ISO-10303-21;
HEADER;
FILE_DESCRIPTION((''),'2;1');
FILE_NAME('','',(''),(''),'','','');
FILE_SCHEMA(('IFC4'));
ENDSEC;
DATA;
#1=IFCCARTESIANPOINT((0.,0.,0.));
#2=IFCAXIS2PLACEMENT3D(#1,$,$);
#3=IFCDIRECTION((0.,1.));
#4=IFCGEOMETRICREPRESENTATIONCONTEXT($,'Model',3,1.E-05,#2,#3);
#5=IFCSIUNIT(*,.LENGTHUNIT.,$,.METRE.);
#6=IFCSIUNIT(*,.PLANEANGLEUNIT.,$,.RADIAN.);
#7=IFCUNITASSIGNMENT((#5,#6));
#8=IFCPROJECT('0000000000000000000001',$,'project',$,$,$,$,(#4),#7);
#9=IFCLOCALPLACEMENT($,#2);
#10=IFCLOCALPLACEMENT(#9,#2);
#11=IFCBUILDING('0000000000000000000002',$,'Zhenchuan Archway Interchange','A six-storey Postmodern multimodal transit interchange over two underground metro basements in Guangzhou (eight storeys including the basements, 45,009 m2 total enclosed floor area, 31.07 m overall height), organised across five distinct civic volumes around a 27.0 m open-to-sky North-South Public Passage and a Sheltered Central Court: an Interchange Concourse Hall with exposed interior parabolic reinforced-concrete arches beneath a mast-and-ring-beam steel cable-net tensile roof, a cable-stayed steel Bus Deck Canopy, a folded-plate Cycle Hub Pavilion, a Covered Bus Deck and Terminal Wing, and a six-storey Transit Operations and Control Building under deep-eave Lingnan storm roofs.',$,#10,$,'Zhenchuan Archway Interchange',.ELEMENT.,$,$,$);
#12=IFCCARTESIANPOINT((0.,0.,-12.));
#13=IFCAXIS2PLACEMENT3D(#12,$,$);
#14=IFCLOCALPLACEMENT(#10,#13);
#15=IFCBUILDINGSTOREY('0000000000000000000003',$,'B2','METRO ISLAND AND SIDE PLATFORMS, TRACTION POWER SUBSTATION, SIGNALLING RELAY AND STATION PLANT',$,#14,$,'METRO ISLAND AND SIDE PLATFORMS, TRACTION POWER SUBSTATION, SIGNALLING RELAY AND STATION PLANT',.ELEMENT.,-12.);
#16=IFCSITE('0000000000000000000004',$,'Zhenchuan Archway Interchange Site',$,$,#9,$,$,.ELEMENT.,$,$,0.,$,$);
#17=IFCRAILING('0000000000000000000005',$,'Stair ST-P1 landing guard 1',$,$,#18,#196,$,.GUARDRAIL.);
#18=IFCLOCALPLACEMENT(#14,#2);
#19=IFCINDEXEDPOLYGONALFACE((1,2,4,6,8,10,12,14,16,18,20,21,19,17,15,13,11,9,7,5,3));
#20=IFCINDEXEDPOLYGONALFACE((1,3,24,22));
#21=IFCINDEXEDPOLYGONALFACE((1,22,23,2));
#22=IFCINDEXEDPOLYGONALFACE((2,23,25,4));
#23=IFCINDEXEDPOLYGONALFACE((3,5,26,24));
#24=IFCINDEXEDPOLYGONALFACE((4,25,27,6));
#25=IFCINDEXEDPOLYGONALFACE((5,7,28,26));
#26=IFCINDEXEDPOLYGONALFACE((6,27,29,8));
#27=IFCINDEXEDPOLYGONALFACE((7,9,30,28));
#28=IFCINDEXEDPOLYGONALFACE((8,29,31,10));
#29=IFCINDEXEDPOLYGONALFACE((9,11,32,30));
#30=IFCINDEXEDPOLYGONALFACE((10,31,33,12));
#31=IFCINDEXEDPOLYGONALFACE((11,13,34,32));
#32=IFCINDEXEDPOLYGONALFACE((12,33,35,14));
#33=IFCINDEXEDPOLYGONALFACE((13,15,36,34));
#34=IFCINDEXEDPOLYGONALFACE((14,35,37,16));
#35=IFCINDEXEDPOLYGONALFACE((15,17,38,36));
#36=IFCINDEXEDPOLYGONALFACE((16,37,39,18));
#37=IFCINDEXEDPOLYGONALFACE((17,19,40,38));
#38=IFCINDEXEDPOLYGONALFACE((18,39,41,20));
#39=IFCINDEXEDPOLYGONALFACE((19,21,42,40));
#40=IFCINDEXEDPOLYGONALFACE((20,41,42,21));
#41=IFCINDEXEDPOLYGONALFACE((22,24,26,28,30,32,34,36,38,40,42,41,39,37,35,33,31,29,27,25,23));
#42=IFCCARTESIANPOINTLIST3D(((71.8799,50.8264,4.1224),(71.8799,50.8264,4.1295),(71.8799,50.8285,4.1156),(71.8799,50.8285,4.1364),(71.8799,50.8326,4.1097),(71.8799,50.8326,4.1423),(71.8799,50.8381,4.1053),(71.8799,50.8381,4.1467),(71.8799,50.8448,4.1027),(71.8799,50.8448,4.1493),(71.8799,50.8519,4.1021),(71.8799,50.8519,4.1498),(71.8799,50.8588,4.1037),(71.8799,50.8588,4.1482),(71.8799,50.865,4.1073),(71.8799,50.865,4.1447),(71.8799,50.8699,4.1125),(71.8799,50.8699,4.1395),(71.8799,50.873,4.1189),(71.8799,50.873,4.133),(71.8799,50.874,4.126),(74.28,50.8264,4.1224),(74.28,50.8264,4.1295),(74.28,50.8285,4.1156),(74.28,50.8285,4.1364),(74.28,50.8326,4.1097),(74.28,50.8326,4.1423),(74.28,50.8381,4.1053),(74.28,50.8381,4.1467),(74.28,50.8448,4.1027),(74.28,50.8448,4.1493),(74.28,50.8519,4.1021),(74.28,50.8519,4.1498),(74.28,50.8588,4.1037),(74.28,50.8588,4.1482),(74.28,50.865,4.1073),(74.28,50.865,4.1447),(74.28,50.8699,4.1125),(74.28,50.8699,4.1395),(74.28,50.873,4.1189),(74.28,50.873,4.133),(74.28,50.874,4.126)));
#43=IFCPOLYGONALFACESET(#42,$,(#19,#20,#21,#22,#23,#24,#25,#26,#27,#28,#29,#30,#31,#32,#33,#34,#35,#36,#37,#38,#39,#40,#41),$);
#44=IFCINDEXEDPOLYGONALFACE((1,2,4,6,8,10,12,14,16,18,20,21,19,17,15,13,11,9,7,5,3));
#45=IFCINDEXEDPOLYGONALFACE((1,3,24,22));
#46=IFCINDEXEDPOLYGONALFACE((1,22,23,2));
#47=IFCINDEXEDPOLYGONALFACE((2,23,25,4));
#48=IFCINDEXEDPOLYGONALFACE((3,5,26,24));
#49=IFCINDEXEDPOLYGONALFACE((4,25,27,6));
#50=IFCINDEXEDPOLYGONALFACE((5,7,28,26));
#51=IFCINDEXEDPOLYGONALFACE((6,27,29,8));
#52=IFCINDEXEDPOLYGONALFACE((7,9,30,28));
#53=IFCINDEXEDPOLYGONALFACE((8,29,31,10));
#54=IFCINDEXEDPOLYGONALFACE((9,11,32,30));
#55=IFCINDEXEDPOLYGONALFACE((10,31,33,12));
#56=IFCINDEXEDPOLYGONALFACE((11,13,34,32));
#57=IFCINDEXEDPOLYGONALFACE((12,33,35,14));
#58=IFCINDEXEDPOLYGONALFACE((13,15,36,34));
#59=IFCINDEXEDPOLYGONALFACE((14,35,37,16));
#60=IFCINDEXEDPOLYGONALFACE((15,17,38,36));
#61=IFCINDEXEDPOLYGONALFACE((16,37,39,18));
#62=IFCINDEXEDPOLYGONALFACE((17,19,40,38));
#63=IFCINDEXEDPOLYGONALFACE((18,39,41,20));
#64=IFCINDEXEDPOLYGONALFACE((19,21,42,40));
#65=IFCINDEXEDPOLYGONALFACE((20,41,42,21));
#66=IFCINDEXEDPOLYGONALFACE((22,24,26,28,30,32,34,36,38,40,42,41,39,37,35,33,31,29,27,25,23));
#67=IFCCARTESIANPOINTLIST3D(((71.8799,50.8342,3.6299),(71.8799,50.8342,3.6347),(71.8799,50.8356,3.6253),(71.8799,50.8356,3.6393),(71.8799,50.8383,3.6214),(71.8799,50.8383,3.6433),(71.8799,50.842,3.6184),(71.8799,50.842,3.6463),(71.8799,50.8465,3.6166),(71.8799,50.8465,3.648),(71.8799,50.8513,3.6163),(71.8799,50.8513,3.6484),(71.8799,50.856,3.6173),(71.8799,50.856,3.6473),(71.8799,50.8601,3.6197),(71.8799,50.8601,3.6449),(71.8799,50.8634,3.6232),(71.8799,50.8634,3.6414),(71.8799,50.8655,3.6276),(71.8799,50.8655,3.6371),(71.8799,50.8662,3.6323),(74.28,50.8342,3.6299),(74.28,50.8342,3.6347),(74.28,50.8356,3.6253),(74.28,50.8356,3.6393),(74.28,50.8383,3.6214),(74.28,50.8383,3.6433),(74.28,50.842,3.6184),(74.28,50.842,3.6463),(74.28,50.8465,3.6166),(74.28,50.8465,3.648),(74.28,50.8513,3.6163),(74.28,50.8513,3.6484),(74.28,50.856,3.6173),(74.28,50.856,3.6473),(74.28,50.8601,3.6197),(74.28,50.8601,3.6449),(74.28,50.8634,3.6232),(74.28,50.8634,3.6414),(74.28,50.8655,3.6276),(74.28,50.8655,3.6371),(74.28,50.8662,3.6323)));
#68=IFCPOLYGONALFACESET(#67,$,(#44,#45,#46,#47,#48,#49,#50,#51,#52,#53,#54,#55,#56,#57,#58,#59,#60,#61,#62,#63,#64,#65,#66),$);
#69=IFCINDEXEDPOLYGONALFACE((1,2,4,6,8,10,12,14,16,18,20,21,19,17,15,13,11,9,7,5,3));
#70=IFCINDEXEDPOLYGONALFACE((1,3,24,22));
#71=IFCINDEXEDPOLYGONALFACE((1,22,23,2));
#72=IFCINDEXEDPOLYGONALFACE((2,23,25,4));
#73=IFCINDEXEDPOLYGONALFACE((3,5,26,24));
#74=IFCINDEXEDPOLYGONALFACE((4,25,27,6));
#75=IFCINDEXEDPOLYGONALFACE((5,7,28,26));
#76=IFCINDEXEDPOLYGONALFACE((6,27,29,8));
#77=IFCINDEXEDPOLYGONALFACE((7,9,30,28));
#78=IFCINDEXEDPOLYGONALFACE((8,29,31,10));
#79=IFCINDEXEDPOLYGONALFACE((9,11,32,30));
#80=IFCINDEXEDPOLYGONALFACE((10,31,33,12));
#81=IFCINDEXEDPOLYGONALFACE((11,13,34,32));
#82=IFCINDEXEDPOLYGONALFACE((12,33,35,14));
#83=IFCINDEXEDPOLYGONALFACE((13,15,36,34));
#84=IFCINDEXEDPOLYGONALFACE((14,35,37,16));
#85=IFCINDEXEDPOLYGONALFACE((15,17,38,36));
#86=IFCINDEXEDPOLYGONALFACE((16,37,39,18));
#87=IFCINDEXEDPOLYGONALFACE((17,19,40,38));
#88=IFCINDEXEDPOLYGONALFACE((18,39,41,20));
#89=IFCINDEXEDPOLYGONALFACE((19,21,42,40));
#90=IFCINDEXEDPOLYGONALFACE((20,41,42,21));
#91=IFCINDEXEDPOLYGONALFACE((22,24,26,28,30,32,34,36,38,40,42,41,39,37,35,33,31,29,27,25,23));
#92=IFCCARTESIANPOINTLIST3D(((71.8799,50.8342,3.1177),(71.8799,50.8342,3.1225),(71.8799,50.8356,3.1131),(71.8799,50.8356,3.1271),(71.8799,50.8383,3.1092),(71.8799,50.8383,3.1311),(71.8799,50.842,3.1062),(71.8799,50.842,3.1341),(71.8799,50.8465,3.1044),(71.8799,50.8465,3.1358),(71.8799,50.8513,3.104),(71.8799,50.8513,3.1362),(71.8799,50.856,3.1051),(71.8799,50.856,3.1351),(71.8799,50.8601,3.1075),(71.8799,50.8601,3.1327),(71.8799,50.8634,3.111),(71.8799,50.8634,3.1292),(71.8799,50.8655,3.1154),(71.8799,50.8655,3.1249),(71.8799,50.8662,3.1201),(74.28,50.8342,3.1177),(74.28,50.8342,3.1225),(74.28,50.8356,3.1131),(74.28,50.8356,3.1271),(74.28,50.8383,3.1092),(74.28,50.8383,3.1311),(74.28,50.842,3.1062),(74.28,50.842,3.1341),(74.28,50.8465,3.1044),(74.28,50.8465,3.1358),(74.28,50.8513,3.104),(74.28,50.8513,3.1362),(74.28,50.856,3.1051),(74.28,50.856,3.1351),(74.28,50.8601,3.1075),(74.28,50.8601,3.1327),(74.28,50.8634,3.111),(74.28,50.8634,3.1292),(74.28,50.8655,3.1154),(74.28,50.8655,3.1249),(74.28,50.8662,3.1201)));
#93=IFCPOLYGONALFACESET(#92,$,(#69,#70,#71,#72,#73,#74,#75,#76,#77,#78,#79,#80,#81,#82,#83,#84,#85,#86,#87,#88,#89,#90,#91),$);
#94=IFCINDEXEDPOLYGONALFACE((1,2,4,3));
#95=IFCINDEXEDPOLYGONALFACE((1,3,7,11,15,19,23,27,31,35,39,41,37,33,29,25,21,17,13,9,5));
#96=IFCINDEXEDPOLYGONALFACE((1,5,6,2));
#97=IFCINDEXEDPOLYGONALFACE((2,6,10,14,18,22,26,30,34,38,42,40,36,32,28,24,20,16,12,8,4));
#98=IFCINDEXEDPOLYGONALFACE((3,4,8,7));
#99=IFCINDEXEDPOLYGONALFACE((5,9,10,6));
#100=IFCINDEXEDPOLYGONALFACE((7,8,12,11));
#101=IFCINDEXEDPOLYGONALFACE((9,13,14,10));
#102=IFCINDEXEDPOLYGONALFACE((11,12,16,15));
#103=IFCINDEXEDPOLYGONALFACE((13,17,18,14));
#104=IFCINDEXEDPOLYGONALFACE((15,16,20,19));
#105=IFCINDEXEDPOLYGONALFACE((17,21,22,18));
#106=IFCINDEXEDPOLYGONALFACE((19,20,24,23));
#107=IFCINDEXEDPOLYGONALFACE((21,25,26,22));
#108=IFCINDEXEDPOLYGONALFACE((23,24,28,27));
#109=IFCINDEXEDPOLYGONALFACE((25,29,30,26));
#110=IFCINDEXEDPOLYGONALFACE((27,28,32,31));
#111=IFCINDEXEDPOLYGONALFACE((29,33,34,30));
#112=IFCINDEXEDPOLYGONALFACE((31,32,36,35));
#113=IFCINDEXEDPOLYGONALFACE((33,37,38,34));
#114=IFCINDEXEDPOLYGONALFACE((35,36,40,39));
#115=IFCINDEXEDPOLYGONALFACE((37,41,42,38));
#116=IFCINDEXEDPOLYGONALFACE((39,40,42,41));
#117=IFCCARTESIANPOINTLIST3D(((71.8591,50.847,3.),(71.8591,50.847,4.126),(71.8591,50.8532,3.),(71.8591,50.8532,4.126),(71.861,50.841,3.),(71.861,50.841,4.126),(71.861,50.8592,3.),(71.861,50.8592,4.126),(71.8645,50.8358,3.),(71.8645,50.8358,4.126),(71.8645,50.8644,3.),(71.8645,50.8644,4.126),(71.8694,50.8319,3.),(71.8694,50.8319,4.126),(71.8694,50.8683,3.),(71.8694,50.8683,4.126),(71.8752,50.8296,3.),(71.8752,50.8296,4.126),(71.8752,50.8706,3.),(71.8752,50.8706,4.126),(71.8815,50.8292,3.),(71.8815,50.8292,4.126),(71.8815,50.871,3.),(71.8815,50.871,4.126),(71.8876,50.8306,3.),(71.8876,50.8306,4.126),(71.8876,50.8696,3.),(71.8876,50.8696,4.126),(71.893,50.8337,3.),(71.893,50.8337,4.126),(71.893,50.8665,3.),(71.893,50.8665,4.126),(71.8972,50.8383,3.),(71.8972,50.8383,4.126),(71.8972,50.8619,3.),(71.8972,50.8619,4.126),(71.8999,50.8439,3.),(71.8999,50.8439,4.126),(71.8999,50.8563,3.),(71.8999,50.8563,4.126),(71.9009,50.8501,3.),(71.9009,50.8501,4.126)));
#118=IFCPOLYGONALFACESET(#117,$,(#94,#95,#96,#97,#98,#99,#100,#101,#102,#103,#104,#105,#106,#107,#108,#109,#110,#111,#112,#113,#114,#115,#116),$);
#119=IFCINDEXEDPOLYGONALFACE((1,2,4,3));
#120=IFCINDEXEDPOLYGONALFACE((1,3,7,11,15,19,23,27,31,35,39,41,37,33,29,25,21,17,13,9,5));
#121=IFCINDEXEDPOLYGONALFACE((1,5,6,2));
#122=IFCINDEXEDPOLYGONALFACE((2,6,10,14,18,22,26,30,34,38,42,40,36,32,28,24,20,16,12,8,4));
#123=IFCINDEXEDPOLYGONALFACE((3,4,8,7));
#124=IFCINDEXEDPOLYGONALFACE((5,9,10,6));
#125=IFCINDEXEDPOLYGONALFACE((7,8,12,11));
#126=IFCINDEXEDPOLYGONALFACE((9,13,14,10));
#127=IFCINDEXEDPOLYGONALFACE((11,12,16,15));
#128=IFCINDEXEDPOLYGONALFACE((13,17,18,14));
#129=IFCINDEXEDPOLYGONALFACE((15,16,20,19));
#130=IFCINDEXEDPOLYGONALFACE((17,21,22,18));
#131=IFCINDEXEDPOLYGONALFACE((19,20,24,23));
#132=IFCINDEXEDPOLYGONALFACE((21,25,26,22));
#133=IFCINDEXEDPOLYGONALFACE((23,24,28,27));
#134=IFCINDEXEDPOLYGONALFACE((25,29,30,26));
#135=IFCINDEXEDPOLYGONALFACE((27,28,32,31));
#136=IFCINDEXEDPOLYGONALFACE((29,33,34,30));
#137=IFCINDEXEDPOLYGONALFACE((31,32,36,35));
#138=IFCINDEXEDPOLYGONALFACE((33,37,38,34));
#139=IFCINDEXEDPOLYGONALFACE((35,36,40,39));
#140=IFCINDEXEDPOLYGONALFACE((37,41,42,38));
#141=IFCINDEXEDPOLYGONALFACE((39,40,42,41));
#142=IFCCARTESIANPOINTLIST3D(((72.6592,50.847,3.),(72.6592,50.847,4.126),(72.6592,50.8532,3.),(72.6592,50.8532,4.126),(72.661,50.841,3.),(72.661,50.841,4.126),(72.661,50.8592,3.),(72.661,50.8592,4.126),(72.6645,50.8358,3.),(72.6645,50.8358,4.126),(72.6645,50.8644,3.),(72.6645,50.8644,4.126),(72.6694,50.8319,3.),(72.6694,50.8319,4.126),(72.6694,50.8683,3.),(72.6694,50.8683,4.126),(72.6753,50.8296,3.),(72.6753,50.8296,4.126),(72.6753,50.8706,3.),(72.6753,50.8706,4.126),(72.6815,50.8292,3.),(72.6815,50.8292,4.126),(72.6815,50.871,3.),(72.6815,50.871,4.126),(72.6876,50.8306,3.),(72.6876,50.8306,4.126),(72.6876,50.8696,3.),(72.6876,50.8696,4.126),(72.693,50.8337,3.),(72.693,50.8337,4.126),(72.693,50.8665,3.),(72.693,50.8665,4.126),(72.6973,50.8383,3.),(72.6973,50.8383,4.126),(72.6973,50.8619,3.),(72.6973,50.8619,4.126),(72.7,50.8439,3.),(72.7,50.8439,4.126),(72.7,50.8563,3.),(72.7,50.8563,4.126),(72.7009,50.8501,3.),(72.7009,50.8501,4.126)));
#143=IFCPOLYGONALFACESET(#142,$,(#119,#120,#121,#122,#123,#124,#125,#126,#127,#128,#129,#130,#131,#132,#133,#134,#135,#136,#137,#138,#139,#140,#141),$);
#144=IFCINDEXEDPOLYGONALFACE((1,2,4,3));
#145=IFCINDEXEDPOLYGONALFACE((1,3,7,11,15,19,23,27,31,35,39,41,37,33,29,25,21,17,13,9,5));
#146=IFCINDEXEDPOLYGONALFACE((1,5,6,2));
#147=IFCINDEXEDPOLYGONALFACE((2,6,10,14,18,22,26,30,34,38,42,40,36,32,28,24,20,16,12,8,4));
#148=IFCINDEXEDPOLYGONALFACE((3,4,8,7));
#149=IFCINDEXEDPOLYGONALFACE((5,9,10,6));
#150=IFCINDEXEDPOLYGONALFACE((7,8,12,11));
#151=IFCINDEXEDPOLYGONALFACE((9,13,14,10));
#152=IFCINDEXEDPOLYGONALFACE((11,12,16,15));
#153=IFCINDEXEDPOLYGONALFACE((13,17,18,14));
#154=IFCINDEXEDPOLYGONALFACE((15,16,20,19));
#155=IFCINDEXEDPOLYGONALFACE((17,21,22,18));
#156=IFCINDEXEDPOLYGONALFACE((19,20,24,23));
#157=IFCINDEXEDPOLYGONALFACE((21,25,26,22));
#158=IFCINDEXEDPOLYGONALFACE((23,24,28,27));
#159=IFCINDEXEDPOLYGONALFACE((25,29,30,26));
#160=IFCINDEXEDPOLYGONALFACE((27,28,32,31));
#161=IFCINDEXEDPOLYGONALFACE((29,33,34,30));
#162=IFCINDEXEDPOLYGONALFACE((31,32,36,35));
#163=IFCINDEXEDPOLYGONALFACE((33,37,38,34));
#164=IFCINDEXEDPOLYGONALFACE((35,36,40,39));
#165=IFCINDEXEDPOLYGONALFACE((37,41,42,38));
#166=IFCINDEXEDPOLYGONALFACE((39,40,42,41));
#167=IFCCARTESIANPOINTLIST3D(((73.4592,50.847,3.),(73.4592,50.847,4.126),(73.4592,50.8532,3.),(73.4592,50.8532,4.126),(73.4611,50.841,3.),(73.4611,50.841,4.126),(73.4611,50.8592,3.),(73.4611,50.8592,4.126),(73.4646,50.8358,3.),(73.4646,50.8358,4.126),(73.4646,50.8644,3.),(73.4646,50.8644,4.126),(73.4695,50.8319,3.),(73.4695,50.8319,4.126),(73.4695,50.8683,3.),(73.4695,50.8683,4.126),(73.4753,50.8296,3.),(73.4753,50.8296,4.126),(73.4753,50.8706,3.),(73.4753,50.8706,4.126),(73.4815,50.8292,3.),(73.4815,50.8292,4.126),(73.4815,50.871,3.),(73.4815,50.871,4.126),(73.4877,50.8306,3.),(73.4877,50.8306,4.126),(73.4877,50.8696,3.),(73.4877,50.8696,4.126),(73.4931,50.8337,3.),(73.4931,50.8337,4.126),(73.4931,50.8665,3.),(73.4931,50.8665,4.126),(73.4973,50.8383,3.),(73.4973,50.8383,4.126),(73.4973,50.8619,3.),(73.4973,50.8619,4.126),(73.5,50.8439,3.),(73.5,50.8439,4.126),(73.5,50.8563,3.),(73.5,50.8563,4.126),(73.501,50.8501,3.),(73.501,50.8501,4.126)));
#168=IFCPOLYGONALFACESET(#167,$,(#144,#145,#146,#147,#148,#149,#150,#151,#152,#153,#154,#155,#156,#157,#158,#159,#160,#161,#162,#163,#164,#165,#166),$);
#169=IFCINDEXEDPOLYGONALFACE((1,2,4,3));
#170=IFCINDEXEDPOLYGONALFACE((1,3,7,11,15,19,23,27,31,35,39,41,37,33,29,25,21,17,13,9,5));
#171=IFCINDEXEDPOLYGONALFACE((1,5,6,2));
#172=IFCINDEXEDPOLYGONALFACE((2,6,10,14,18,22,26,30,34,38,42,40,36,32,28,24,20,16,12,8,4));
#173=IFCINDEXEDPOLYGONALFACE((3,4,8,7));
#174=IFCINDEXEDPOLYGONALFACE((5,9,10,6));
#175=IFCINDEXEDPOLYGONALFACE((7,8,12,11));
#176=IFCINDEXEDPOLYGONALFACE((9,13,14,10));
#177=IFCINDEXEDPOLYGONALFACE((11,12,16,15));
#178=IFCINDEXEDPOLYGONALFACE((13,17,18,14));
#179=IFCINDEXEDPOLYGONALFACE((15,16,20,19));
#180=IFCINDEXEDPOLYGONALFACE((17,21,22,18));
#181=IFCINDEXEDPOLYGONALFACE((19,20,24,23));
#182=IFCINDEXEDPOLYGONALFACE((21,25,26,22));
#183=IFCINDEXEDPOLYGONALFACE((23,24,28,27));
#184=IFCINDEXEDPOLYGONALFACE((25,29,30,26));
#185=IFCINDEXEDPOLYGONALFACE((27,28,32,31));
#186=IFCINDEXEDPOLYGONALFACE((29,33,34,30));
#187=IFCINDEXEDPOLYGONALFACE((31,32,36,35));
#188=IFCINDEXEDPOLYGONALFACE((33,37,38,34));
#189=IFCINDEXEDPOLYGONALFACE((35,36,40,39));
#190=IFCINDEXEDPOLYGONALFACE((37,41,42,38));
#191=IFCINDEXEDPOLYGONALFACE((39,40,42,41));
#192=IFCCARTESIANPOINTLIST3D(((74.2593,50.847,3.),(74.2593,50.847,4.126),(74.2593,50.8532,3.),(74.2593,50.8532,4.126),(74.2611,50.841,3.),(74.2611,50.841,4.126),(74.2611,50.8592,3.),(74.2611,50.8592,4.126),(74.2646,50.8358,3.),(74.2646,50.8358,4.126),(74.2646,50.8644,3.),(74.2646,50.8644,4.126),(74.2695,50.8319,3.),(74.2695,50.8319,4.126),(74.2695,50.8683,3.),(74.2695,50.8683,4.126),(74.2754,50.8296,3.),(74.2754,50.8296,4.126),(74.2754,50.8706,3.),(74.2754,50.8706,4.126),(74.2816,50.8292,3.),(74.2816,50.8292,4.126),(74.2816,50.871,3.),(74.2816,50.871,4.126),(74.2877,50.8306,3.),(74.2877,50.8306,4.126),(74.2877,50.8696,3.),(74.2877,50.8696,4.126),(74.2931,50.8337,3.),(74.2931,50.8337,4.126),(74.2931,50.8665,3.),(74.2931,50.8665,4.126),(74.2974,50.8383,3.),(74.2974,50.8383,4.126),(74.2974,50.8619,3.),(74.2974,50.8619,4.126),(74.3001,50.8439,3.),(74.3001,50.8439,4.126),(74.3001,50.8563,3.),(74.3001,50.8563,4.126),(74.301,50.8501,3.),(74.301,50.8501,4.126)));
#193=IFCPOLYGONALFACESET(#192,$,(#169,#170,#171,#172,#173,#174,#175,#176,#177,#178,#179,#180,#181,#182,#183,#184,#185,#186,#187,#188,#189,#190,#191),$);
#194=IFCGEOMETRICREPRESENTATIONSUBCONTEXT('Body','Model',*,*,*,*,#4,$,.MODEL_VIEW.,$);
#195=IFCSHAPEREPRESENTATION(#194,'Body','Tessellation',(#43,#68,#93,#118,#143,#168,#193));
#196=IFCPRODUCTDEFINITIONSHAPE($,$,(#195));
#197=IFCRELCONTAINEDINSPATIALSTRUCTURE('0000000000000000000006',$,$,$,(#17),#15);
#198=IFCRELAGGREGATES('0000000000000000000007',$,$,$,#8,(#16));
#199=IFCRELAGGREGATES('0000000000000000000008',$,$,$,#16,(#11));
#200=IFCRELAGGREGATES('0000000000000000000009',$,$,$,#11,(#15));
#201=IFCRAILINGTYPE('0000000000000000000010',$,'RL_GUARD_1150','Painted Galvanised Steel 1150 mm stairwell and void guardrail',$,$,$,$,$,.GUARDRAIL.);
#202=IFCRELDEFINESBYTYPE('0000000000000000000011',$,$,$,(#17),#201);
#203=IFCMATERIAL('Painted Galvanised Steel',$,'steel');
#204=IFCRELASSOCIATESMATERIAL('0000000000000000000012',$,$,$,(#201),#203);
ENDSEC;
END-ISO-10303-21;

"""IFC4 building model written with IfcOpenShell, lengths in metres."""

from ifc_helpers import new_model, si_unit, direction, frame, origin, origin_2d, place, context, subcontext, project, spatial, circle, extrude, material, type_object, element, save


model = new_model("IFC4")

# Units and contexts
model_context = context("Model", 3, precision=1e-05, world=origin(), true_north=direction((0.0, 1.0)))
body_context = subcontext(model_context, "Body", "Model", "MODEL_VIEW")
ifc_project = project(units=[si_unit("LENGTHUNIT", "METRE"), si_unit("PLANEANGLEUNIT", "RADIAN")], contexts=[model_context])

# Site, building, storey
site_placement = place(None, origin())
site = spatial("IfcSite", under=ifc_project, at=site_placement, Name="Zhenchuan Archway Interchange Site", CompositionType="ELEMENT", RefElevation=0.0)
building_placement = place(site_placement, origin())
building = spatial("IfcBuilding", under=site, at=building_placement, Name="Zhenchuan Archway Interchange", Description="A six-storey Postmodern multimodal transit interchange over two underground metro basements in Guangzhou (eight storeys including the basements, 45,009 m2 total enclosed floor area, 31.07 m overall height), organised across five distinct civic volumes around a 27.0 m open-to-sky North-South Public Passage and a Sheltered Central Court: an Interchange Concourse Hall with exposed interior parabolic reinforced-concrete arches beneath a mast-and-ring-beam steel cable-net tensile roof, a cable-stayed steel Bus Deck Canopy, a folded-plate Cycle Hub Pavilion, a Covered Bus Deck and Terminal Wing, and a six-storey Transit Operations and Control Building under deep-eave Lingnan storm roofs.", LongName="Zhenchuan Archway Interchange", CompositionType="ELEMENT")
storey_placement = place(building_placement, frame((0.0, 0.0, -12.0)))
storey = spatial("IfcBuildingStorey", under=building, at=storey_placement, Name="B2", Description="METRO ISLAND AND SIDE PLATFORMS, TRACTION POWER SUBSTATION, SIGNALLING RELAY AND STATION PLANT", LongName="METRO ISLAND AND SIDE PLATFORMS, TRACTION POWER SUBSTATION, SIGNALLING RELAY AND STATION PLANT", CompositionType="ELEMENT", Elevation=-12.0)

# Railing
ifc_material_1 = material(Name="Painted Galvanised Steel", Category="steel")
railing_type_1 = type_object("IfcRailingType", Name="RL_GUARD_1150", Description="Painted Galvanised Steel 1150 mm stairwell and void guardrail", PredefinedType="GUARDRAIL", material=ifc_material_1)
for number, where, name in (
    (1, (71.8799, 50.8501, 3.0), "Stair ST-P1 landing guard 1"),
):
    element("IfcRailing", number, at=place(storey_placement, frame(where)), inside=storey, type_object=railing_type_1, Name=name, PredefinedType="GUARDRAIL", context=body_context, shape_type="SweptSolid", body=[
        extrude(circle(Radius=0.0239, at=origin_2d()), frame((0.0, 0.0, 1.126), z_axis=(1.0, 0.0, 0.0), x_axis=(0.0, 1.0, 0.0)), (0.0, 0.0, 1.0), 2.4001),
        extrude(circle(Radius=0.0161, at=origin_2d()), frame((0.0, 0.0, 0.6323), z_axis=(1.0, 0.0, 0.0), x_axis=(0.0, 1.0, 0.0)), (0.0, 0.0, 1.0), 2.4001),
        extrude(circle(Radius=0.0161, at=origin_2d()), frame((0.0, 0.0, 0.1201), z_axis=(1.0, 0.0, 0.0), x_axis=(0.0, 1.0, 0.0)), (0.0, 0.0, 1.0), 2.4001),
        extrude(circle(Radius=0.021, at=origin_2d()), origin(), (0.0, 0.0, 1.0), 1.126),
        extrude(circle(Radius=0.021, at=origin_2d()), frame((0.8, 0.0, 0.0)), (0.0, 0.0, 1.0), 1.126),
        extrude(circle(Radius=0.021, at=origin_2d()), frame((1.6001, 0.0, 0.0)), (0.0, 0.0, 1.0), 1.126),
        extrude(circle(Radius=0.021, at=origin_2d()), frame((2.4001, 0.0, 0.0)), (0.0, 0.0, 1.0), 1.126),
    ])

save(model, "model.ifc")
